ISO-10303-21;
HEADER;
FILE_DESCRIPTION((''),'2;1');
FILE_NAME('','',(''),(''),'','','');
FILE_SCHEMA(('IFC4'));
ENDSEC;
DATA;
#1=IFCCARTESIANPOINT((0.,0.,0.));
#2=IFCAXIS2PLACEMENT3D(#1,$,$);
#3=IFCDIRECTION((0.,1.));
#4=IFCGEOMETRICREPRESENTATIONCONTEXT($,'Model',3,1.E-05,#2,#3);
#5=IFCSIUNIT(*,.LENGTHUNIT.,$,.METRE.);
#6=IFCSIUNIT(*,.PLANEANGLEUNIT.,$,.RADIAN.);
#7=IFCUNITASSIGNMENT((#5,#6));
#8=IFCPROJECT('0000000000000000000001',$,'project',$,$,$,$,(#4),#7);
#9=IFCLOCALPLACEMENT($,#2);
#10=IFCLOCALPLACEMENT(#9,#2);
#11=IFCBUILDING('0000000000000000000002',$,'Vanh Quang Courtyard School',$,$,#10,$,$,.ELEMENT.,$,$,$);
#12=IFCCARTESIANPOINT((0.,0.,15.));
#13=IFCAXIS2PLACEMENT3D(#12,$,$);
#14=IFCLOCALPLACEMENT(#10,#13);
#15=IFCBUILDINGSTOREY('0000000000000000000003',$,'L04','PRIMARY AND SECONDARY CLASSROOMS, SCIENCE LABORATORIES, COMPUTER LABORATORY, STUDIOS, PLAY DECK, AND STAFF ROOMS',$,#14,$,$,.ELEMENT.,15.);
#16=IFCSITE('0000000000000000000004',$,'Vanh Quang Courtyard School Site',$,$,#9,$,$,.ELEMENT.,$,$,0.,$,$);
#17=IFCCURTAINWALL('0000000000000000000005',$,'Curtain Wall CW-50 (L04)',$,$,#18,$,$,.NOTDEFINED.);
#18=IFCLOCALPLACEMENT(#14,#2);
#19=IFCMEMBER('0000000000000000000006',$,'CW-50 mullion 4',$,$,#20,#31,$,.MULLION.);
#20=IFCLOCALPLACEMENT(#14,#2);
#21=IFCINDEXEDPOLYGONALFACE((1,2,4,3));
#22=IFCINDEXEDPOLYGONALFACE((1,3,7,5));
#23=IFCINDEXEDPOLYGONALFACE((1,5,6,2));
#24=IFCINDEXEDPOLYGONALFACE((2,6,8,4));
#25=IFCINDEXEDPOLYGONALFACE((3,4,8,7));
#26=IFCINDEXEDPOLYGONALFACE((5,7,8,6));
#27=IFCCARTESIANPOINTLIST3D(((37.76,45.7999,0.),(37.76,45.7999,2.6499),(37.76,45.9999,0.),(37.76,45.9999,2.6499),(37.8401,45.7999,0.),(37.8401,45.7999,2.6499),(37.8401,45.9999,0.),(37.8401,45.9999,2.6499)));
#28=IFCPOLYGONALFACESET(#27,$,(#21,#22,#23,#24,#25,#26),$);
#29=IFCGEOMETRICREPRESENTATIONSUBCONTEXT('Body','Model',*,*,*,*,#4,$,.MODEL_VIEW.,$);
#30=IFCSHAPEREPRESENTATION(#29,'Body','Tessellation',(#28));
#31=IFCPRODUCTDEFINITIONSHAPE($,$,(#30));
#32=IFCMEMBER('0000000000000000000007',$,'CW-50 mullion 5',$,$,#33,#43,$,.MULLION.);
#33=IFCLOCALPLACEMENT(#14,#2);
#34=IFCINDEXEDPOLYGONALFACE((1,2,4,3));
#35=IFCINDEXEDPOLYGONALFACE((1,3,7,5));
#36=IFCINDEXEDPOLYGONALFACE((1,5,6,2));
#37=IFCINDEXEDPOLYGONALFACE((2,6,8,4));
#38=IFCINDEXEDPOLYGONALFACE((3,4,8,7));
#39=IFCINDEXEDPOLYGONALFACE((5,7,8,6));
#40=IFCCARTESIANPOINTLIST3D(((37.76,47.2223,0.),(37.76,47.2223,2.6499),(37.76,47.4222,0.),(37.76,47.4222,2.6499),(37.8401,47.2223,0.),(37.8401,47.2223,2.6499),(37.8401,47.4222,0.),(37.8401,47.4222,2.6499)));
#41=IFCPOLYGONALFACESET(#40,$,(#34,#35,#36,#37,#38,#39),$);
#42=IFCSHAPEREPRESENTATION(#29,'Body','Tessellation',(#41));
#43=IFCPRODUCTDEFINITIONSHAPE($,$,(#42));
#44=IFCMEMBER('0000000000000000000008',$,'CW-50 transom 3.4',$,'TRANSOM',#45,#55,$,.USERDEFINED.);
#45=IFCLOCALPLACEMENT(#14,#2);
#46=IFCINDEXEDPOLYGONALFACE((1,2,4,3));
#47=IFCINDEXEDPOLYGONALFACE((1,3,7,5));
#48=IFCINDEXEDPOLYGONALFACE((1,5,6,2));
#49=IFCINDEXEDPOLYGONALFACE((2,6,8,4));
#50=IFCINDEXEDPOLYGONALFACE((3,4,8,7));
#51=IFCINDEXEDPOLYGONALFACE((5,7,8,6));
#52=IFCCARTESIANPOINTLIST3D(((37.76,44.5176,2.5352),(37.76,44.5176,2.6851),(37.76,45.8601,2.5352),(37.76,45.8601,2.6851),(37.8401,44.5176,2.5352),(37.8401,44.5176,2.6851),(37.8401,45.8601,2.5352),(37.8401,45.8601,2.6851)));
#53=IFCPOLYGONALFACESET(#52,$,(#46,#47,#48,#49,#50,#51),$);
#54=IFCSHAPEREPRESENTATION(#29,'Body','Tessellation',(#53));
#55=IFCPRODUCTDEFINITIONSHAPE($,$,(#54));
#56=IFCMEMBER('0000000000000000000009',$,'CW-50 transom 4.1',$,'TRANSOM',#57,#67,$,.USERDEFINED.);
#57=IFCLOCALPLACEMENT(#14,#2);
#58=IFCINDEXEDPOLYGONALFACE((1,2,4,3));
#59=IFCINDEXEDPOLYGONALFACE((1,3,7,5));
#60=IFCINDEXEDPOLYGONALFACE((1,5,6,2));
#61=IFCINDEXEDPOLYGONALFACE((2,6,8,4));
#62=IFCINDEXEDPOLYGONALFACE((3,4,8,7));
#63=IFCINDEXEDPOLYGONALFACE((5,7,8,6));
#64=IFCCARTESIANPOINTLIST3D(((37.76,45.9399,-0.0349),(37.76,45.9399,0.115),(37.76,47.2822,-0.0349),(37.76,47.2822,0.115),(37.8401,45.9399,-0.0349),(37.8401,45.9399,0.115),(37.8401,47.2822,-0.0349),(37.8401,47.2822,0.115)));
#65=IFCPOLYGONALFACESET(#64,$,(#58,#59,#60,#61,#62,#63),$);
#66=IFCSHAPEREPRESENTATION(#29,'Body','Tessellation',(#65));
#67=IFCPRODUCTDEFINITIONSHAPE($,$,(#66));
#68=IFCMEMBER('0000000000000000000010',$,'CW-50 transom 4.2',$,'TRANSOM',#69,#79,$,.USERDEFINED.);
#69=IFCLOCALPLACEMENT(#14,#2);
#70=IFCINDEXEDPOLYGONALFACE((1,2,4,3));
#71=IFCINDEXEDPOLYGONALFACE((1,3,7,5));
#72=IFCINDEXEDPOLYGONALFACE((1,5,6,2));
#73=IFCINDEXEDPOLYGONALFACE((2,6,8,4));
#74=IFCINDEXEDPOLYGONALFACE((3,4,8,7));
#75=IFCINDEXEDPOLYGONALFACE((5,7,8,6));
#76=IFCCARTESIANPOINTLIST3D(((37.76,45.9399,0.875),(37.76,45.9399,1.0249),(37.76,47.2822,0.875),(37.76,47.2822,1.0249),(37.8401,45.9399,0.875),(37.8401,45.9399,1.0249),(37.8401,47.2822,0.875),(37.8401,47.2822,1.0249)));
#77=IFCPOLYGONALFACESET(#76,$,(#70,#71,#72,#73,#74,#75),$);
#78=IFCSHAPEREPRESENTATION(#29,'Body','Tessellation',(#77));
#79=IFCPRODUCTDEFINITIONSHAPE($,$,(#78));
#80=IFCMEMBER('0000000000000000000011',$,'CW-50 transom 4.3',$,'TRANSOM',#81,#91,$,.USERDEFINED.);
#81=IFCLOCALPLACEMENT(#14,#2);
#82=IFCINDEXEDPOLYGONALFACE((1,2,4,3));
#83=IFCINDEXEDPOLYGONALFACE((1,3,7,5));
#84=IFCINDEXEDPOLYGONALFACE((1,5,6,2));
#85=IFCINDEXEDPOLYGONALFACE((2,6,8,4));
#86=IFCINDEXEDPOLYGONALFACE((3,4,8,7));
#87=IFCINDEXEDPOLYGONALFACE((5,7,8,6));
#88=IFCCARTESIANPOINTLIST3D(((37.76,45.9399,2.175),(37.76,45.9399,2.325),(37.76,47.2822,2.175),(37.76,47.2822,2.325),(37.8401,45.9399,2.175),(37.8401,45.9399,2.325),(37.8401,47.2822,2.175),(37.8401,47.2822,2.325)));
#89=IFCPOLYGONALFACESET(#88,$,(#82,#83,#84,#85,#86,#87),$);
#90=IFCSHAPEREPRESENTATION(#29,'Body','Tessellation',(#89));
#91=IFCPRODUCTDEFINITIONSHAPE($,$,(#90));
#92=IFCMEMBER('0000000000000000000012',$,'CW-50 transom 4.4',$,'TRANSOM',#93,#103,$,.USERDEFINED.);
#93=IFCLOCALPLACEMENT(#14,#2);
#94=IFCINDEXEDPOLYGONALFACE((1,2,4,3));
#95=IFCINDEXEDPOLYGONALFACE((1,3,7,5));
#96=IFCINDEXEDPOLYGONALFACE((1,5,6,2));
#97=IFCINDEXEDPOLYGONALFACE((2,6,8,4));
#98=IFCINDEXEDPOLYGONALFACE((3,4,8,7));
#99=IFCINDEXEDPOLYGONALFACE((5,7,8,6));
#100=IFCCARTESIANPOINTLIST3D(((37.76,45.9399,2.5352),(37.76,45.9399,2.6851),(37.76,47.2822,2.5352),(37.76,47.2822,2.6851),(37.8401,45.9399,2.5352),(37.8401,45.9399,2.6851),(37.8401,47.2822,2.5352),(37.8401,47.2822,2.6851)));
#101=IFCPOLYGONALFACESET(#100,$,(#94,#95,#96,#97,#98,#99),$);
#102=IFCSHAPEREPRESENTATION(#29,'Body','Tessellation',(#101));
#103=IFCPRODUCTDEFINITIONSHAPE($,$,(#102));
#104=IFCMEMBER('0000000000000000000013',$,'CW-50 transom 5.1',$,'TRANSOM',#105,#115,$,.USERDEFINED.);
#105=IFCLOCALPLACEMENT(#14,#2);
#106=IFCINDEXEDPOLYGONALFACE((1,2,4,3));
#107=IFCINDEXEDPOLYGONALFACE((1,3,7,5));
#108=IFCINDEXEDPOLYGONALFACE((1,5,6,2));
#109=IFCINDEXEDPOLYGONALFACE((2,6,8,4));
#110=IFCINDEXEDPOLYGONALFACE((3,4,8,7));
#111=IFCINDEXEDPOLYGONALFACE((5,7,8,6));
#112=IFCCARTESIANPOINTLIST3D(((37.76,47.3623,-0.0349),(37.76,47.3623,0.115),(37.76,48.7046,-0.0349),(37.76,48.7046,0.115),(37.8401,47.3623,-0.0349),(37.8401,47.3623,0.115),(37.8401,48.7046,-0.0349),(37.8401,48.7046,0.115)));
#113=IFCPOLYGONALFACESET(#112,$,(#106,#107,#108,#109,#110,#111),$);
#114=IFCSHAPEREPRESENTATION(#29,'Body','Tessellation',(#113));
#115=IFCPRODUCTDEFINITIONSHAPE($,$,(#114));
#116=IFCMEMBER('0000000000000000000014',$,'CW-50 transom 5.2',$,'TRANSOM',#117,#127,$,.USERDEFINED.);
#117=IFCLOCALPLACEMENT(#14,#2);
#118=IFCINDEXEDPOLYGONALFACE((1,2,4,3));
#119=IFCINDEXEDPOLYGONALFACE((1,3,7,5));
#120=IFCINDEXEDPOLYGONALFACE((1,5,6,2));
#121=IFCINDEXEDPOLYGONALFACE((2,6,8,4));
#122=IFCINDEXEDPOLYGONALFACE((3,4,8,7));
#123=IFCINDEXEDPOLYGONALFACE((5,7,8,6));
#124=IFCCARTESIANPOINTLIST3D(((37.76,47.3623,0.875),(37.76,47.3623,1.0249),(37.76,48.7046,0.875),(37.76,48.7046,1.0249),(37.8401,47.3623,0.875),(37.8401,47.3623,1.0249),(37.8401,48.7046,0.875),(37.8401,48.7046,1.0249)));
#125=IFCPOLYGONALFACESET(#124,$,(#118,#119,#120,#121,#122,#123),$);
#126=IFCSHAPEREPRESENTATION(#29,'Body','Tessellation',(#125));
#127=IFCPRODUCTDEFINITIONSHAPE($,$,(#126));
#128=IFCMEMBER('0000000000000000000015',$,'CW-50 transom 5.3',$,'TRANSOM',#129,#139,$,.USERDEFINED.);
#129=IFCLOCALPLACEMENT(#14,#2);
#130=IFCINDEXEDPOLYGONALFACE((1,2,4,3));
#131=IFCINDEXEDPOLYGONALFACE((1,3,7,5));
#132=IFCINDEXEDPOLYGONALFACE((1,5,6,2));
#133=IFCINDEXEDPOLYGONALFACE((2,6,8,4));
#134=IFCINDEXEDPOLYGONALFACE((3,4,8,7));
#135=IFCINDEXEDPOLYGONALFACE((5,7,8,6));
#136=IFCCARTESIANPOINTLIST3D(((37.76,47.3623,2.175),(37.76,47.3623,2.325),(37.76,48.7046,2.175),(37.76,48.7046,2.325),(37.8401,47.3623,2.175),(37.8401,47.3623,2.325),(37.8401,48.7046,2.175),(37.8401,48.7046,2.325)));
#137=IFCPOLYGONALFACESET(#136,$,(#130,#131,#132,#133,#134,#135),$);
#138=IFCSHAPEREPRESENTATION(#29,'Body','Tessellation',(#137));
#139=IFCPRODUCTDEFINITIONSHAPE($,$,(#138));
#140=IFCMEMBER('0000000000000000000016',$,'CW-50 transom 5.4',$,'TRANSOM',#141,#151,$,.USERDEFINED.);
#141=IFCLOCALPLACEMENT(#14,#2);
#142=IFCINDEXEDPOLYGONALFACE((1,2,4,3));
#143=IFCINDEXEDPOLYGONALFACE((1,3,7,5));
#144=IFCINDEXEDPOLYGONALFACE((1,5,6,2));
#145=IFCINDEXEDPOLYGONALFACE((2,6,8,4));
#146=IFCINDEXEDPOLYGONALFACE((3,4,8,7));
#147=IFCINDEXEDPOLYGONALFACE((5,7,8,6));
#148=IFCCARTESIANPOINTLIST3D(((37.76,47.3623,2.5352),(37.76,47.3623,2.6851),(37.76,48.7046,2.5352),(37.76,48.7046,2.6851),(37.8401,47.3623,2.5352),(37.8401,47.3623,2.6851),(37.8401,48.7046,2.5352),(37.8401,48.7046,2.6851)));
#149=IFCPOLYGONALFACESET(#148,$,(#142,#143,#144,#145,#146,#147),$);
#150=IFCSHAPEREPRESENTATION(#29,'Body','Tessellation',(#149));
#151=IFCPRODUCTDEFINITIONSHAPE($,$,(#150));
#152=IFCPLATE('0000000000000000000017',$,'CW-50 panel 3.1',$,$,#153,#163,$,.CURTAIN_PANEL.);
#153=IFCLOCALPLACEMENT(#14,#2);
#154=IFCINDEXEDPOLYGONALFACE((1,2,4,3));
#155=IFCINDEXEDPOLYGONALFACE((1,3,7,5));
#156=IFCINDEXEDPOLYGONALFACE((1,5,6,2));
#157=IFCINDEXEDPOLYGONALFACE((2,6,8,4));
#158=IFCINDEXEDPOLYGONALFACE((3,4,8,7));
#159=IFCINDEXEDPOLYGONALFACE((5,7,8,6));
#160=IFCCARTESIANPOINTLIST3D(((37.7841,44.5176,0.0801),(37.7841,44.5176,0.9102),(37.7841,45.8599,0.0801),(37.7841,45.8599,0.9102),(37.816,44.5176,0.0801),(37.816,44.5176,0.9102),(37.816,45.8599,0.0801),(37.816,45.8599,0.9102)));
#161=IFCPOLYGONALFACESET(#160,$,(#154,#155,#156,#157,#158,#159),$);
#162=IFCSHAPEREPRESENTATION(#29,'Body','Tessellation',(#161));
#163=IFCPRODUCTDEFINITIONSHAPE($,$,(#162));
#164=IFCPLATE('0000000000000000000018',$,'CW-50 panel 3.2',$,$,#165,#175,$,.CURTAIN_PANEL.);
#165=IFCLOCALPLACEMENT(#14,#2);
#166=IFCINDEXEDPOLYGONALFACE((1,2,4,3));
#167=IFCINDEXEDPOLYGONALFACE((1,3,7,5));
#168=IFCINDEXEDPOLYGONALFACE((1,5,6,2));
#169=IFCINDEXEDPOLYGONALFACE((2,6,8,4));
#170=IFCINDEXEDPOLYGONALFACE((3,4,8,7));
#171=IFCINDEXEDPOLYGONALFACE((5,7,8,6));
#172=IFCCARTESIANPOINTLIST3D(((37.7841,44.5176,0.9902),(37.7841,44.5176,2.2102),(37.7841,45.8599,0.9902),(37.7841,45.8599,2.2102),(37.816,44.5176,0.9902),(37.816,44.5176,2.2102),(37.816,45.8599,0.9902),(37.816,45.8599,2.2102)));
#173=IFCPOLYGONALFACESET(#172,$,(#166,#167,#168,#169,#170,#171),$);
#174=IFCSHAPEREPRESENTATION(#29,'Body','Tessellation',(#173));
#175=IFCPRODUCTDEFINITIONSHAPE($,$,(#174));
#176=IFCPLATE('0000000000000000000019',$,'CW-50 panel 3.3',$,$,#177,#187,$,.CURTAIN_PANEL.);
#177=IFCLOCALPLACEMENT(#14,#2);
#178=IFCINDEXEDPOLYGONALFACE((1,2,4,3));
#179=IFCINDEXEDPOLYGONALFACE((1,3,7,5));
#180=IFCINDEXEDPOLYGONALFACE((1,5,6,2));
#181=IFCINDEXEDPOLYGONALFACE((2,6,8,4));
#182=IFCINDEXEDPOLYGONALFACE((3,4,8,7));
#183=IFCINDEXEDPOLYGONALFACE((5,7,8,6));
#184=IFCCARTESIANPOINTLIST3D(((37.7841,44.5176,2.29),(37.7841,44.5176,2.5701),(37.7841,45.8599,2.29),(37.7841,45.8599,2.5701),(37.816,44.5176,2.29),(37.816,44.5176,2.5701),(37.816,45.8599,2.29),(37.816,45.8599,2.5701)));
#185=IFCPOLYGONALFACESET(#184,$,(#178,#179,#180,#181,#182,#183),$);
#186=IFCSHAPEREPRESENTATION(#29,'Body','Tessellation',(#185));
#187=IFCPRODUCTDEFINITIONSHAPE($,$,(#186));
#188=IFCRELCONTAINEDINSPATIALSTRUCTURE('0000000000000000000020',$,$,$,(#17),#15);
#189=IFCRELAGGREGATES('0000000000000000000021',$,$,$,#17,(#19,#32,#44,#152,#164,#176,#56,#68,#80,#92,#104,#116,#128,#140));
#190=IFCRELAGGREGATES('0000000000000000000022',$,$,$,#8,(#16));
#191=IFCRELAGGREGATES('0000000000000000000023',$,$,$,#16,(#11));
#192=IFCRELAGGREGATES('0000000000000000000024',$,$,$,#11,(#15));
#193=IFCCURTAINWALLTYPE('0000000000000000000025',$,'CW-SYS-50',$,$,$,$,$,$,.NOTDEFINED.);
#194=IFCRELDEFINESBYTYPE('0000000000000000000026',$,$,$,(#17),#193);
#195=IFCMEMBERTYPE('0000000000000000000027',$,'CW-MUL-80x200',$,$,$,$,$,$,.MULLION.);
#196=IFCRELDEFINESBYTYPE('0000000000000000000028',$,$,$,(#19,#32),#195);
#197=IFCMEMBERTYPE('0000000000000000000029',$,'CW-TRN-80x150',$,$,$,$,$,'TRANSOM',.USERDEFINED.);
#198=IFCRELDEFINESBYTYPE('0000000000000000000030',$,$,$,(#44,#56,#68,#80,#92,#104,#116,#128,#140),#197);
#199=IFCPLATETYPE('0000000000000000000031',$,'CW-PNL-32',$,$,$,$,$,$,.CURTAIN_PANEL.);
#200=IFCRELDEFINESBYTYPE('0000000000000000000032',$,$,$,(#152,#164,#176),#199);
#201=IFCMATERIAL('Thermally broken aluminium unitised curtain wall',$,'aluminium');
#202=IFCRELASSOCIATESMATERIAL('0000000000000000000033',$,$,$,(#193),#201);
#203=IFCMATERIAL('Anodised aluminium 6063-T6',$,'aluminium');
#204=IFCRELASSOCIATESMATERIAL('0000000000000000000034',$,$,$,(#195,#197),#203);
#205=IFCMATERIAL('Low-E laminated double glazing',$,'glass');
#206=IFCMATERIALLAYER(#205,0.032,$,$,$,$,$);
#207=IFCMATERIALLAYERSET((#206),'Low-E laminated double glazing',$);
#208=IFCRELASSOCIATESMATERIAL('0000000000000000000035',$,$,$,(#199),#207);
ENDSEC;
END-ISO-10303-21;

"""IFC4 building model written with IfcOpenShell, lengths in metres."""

from ifc_helpers import new_model, si_unit, direction, frame, origin, origin_2d, place, context, subcontext, project, spatial, rectangle, extrude, material, layer, layer_set, material_profile, profile_set, type_object, element, aggregate, save


model = new_model("IFC4")

# Units and contexts
model_context = context("Model", 3, precision=1e-05, world=origin(), true_north=direction((0.0, 1.0)))
body_context = subcontext(model_context, "Body", "Model", "MODEL_VIEW")
ifc_project = project(units=[si_unit("LENGTHUNIT", "METRE"), si_unit("PLANEANGLEUNIT", "RADIAN")], contexts=[model_context])

# Site, building, storey
site_placement = place(None, origin())
site = spatial("IfcSite", under=ifc_project, at=site_placement, Name="Vanh Quang Courtyard School Site", CompositionType="ELEMENT", RefElevation=0.0)
building_placement = place(site_placement, origin())
building = spatial("IfcBuilding", under=site, at=building_placement, Name="Vanh Quang Courtyard School", CompositionType="ELEMENT")
storey_placement = place(building_placement, frame((0.0, 0.0, 15.0)))
storey = spatial("IfcBuildingStorey", under=building, at=storey_placement, Name="L04", Description="PRIMARY AND SECONDARY CLASSROOMS, SCIENCE LABORATORIES, COMPUTER LABORATORY, STUDIOS, PLAY DECK, AND STAFF ROOMS", CompositionType="ELEMENT", Elevation=15.0)

# Curtain wall, members, plates
ifc_material_1 = material(Name="Thermally broken aluminium unitised curtain wall", Category="aluminium")
curtain_wall_type = type_object("IfcCurtainWallType", Name="CW-SYS-50", PredefinedType="NOTDEFINED", material=ifc_material_1)
curtain_wall_placement = place(storey_placement, origin())
curtain_wall = element("IfcCurtainWall", 1, at=curtain_wall_placement, inside=storey, type_object=curtain_wall_type, Name="Curtain Wall CW-50 (L04)", PredefinedType="NOTDEFINED")
ifc_material_2 = material(Name="Anodised aluminium 6063-T6", Category="aluminium")
ifc_material_profile_1 = material_profile(ifc_material_2, rectangle(XDim=0.0801, YDim=0.2, at=origin_2d()), Name="ALU-MUL 80x200")
ifc_profile_set_1 = profile_set([ifc_material_profile_1], Name="Anodised aluminium 6063-T6")
member_type_1 = type_object("IfcMemberType", Name="CW-MUL-80x200", PredefinedType="MULLION", material=ifc_profile_set_1)
member_1_placement = place(storey_placement, frame((37.8, 45.8999, 0.0), z_axis=(0.0, 0.0, 1.0), x_axis=(-1.0, 0.0, 0.0)))
member_1 = element("IfcMember", 2, at=member_1_placement, type_object=member_type_1, Name="CW-50 mullion 4", PredefinedType="MULLION", context=body_context, shape_type="SweptSolid", body=[
    extrude(rectangle(XDim=0.0801, YDim=0.2, at=origin_2d()), origin(), (0.0, 0.0, 1.0), 2.6499),
])
member_2_placement = place(storey_placement, frame((37.8, 47.3223, 0.0), z_axis=(0.0, 0.0, 1.0), x_axis=(-1.0, 0.0, 0.0)))
member_2 = element("IfcMember", 3, at=member_2_placement, type_object=member_type_1, Name="CW-50 mullion 5", PredefinedType="MULLION", context=body_context, shape_type="SweptSolid", body=[
    extrude(rectangle(XDim=0.0801, YDim=0.2, at=origin_2d()), origin(), (0.0, 0.0, 1.0), 2.6499),
])
ifc_material_profile_2 = material_profile(ifc_material_2, rectangle(XDim=0.0801, YDim=0.1499, at=origin_2d()), Name="ALU-TRN 80x150")
ifc_profile_set_2 = profile_set([ifc_material_profile_2], Name="Anodised aluminium 6063-T6")
member_type_2 = type_object("IfcMemberType", Name="CW-TRN-80x150", ElementType="TRANSOM", PredefinedType="USERDEFINED", material=ifc_profile_set_2)
member_3_placement = place(storey_placement, frame((37.8, 44.5176, 2.6101), z_axis=(0.0, 1.0, 0.0), x_axis=(-1.0, 0.0, 0.0)))
member_3 = element("IfcMember", 4, at=member_3_placement, type_object=member_type_2, Name="CW-50 transom 3.4", ObjectType="TRANSOM", PredefinedType="USERDEFINED", context=body_context, shape_type="SweptSolid", body=[
    extrude(rectangle(XDim=0.0801, YDim=0.1499, at=origin_2d()), origin(), (0.0, 0.0, 1.0), 1.3425),
])
member_4_placement = place(storey_placement, frame((37.8, 45.9399, 0.04), z_axis=(0.0, 1.0, 0.0), x_axis=(-1.0, 0.0, 0.0)))
member_4 = element("IfcMember", 5, at=member_4_placement, type_object=member_type_2, Name="CW-50 transom 4.1", ObjectType="TRANSOM", PredefinedType="USERDEFINED", context=body_context, shape_type="SweptSolid", body=[
    extrude(rectangle(XDim=0.0801, YDim=0.1499, at=origin_2d()), origin(), (0.0, 0.0, 1.0), 1.3423),
])
member_5_placement = place(storey_placement, frame((37.8, 45.9399, 0.95), z_axis=(0.0, 1.0, 0.0), x_axis=(-1.0, 0.0, 0.0)))
member_5 = element("IfcMember", 6, at=member_5_placement, type_object=member_type_2, Name="CW-50 transom 4.2", ObjectType="TRANSOM", PredefinedType="USERDEFINED", context=body_context, shape_type="SweptSolid", body=[
    extrude(rectangle(XDim=0.0801, YDim=0.1499, at=origin_2d()), origin(), (0.0, 0.0, 1.0), 1.3423),
])
member_6_placement = place(storey_placement, frame((37.8, 45.9399, 2.25), z_axis=(0.0, 1.0, 0.0), x_axis=(-1.0, 0.0, 0.0)))
member_6 = element("IfcMember", 7, at=member_6_placement, type_object=member_type_2, Name="CW-50 transom 4.3", ObjectType="TRANSOM", PredefinedType="USERDEFINED", context=body_context, shape_type="SweptSolid", body=[
    extrude(rectangle(XDim=0.0801, YDim=0.1499, at=origin_2d()), origin(), (0.0, 0.0, 1.0), 1.3423),
])
member_7_placement = place(storey_placement, frame((37.8, 45.9399, 2.6101), z_axis=(0.0, 1.0, 0.0), x_axis=(-1.0, 0.0, 0.0)))
member_7 = element("IfcMember", 8, at=member_7_placement, type_object=member_type_2, Name="CW-50 transom 4.4", ObjectType="TRANSOM", PredefinedType="USERDEFINED", context=body_context, shape_type="SweptSolid", body=[
    extrude(rectangle(XDim=0.0801, YDim=0.1499, at=origin_2d()), origin(), (0.0, 0.0, 1.0), 1.3423),
])
member_8_placement = place(storey_placement, frame((37.8, 47.3623, 0.04), z_axis=(0.0, 1.0, 0.0), x_axis=(-1.0, 0.0, 0.0)))
member_8 = element("IfcMember", 9, at=member_8_placement, type_object=member_type_2, Name="CW-50 transom 5.1", ObjectType="TRANSOM", PredefinedType="USERDEFINED", context=body_context, shape_type="SweptSolid", body=[
    extrude(rectangle(XDim=0.0801, YDim=0.1499, at=origin_2d()), origin(), (0.0, 0.0, 1.0), 1.3423),
])
member_9_placement = place(storey_placement, frame((37.8, 47.3623, 0.95), z_axis=(0.0, 1.0, 0.0), x_axis=(-1.0, 0.0, 0.0)))
member_9 = element("IfcMember", 10, at=member_9_placement, type_object=member_type_2, Name="CW-50 transom 5.2", ObjectType="TRANSOM", PredefinedType="USERDEFINED", context=body_context, shape_type="SweptSolid", body=[
    extrude(rectangle(XDim=0.0801, YDim=0.1499, at=origin_2d()), origin(), (0.0, 0.0, 1.0), 1.3423),
])
member_10_placement = place(storey_placement, frame((37.8, 47.3623, 2.25), z_axis=(0.0, 1.0, 0.0), x_axis=(-1.0, 0.0, 0.0)))
member_10 = element("IfcMember", 11, at=member_10_placement, type_object=member_type_2, Name="CW-50 transom 5.3", ObjectType="TRANSOM", PredefinedType="USERDEFINED", context=body_context, shape_type="SweptSolid", body=[
    extrude(rectangle(XDim=0.0801, YDim=0.1499, at=origin_2d()), origin(), (0.0, 0.0, 1.0), 1.3423),
])
member_11_placement = place(storey_placement, frame((37.8, 47.3623, 2.6101), z_axis=(0.0, 1.0, 0.0), x_axis=(-1.0, 0.0, 0.0)))
member_11 = element("IfcMember", 12, at=member_11_placement, type_object=member_type_2, Name="CW-50 transom 5.4", ObjectType="TRANSOM", PredefinedType="USERDEFINED", context=body_context, shape_type="SweptSolid", body=[
    extrude(rectangle(XDim=0.0801, YDim=0.1499, at=origin_2d()), origin(), (0.0, 0.0, 1.0), 1.3423),
])
ifc_material_3 = material(Name="Low-E laminated double glazing", Category="glass")
ifc_layer_1 = layer(ifc_material_3, 0.032)
ifc_layer_set_1 = layer_set([ifc_layer_1], Name="Low-E laminated double glazing")
plate_type = type_object("IfcPlateType", Name="CW-PNL-32", PredefinedType="CURTAIN_PANEL", material=ifc_layer_set_1)
plate_1_placement = place(storey_placement, frame((37.8, 45.1887, 0.0801), z_axis=(0.0, 0.0, 1.0), x_axis=(0.0, 1.0, 0.0)))
plate_1 = element("IfcPlate", 13, at=plate_1_placement, type_object=plate_type, Name="CW-50 panel 3.1", PredefinedType="CURTAIN_PANEL", context=body_context, shape_type="SweptSolid", body=[
    extrude(rectangle(XDim=1.3423, YDim=0.032, at=origin_2d()), origin(), (0.0, 0.0, 1.0), 0.8301),
])
plate_2_placement = place(storey_placement, frame((37.8, 45.1887, 0.9902), z_axis=(0.0, 0.0, 1.0), x_axis=(0.0, 1.0, 0.0)))
plate_2 = element("IfcPlate", 14, at=plate_2_placement, type_object=plate_type, Name="CW-50 panel 3.2", PredefinedType="CURTAIN_PANEL", context=body_context, shape_type="SweptSolid", body=[
    extrude(rectangle(XDim=1.3423, YDim=0.032, at=origin_2d()), origin(), (0.0, 0.0, 1.0), 1.22),
])
plate_3_placement = place(storey_placement, frame((37.8, 45.1887, 2.29), z_axis=(0.0, 0.0, 1.0), x_axis=(0.0, 1.0, 0.0)))
plate_3 = element("IfcPlate", 15, at=plate_3_placement, type_object=plate_type, Name="CW-50 panel 3.3", PredefinedType="CURTAIN_PANEL", context=body_context, shape_type="SweptSolid", body=[
    extrude(rectangle(XDim=1.3423, YDim=0.032, at=origin_2d()), origin(), (0.0, 0.0, 1.0), 0.28),
])
aggregate(curtain_wall, [member_1, member_2, member_3, plate_1, plate_2, plate_3, member_4, member_5, member_6, member_7, member_8, member_9, member_10, member_11])

save(model, "model.ifc")
